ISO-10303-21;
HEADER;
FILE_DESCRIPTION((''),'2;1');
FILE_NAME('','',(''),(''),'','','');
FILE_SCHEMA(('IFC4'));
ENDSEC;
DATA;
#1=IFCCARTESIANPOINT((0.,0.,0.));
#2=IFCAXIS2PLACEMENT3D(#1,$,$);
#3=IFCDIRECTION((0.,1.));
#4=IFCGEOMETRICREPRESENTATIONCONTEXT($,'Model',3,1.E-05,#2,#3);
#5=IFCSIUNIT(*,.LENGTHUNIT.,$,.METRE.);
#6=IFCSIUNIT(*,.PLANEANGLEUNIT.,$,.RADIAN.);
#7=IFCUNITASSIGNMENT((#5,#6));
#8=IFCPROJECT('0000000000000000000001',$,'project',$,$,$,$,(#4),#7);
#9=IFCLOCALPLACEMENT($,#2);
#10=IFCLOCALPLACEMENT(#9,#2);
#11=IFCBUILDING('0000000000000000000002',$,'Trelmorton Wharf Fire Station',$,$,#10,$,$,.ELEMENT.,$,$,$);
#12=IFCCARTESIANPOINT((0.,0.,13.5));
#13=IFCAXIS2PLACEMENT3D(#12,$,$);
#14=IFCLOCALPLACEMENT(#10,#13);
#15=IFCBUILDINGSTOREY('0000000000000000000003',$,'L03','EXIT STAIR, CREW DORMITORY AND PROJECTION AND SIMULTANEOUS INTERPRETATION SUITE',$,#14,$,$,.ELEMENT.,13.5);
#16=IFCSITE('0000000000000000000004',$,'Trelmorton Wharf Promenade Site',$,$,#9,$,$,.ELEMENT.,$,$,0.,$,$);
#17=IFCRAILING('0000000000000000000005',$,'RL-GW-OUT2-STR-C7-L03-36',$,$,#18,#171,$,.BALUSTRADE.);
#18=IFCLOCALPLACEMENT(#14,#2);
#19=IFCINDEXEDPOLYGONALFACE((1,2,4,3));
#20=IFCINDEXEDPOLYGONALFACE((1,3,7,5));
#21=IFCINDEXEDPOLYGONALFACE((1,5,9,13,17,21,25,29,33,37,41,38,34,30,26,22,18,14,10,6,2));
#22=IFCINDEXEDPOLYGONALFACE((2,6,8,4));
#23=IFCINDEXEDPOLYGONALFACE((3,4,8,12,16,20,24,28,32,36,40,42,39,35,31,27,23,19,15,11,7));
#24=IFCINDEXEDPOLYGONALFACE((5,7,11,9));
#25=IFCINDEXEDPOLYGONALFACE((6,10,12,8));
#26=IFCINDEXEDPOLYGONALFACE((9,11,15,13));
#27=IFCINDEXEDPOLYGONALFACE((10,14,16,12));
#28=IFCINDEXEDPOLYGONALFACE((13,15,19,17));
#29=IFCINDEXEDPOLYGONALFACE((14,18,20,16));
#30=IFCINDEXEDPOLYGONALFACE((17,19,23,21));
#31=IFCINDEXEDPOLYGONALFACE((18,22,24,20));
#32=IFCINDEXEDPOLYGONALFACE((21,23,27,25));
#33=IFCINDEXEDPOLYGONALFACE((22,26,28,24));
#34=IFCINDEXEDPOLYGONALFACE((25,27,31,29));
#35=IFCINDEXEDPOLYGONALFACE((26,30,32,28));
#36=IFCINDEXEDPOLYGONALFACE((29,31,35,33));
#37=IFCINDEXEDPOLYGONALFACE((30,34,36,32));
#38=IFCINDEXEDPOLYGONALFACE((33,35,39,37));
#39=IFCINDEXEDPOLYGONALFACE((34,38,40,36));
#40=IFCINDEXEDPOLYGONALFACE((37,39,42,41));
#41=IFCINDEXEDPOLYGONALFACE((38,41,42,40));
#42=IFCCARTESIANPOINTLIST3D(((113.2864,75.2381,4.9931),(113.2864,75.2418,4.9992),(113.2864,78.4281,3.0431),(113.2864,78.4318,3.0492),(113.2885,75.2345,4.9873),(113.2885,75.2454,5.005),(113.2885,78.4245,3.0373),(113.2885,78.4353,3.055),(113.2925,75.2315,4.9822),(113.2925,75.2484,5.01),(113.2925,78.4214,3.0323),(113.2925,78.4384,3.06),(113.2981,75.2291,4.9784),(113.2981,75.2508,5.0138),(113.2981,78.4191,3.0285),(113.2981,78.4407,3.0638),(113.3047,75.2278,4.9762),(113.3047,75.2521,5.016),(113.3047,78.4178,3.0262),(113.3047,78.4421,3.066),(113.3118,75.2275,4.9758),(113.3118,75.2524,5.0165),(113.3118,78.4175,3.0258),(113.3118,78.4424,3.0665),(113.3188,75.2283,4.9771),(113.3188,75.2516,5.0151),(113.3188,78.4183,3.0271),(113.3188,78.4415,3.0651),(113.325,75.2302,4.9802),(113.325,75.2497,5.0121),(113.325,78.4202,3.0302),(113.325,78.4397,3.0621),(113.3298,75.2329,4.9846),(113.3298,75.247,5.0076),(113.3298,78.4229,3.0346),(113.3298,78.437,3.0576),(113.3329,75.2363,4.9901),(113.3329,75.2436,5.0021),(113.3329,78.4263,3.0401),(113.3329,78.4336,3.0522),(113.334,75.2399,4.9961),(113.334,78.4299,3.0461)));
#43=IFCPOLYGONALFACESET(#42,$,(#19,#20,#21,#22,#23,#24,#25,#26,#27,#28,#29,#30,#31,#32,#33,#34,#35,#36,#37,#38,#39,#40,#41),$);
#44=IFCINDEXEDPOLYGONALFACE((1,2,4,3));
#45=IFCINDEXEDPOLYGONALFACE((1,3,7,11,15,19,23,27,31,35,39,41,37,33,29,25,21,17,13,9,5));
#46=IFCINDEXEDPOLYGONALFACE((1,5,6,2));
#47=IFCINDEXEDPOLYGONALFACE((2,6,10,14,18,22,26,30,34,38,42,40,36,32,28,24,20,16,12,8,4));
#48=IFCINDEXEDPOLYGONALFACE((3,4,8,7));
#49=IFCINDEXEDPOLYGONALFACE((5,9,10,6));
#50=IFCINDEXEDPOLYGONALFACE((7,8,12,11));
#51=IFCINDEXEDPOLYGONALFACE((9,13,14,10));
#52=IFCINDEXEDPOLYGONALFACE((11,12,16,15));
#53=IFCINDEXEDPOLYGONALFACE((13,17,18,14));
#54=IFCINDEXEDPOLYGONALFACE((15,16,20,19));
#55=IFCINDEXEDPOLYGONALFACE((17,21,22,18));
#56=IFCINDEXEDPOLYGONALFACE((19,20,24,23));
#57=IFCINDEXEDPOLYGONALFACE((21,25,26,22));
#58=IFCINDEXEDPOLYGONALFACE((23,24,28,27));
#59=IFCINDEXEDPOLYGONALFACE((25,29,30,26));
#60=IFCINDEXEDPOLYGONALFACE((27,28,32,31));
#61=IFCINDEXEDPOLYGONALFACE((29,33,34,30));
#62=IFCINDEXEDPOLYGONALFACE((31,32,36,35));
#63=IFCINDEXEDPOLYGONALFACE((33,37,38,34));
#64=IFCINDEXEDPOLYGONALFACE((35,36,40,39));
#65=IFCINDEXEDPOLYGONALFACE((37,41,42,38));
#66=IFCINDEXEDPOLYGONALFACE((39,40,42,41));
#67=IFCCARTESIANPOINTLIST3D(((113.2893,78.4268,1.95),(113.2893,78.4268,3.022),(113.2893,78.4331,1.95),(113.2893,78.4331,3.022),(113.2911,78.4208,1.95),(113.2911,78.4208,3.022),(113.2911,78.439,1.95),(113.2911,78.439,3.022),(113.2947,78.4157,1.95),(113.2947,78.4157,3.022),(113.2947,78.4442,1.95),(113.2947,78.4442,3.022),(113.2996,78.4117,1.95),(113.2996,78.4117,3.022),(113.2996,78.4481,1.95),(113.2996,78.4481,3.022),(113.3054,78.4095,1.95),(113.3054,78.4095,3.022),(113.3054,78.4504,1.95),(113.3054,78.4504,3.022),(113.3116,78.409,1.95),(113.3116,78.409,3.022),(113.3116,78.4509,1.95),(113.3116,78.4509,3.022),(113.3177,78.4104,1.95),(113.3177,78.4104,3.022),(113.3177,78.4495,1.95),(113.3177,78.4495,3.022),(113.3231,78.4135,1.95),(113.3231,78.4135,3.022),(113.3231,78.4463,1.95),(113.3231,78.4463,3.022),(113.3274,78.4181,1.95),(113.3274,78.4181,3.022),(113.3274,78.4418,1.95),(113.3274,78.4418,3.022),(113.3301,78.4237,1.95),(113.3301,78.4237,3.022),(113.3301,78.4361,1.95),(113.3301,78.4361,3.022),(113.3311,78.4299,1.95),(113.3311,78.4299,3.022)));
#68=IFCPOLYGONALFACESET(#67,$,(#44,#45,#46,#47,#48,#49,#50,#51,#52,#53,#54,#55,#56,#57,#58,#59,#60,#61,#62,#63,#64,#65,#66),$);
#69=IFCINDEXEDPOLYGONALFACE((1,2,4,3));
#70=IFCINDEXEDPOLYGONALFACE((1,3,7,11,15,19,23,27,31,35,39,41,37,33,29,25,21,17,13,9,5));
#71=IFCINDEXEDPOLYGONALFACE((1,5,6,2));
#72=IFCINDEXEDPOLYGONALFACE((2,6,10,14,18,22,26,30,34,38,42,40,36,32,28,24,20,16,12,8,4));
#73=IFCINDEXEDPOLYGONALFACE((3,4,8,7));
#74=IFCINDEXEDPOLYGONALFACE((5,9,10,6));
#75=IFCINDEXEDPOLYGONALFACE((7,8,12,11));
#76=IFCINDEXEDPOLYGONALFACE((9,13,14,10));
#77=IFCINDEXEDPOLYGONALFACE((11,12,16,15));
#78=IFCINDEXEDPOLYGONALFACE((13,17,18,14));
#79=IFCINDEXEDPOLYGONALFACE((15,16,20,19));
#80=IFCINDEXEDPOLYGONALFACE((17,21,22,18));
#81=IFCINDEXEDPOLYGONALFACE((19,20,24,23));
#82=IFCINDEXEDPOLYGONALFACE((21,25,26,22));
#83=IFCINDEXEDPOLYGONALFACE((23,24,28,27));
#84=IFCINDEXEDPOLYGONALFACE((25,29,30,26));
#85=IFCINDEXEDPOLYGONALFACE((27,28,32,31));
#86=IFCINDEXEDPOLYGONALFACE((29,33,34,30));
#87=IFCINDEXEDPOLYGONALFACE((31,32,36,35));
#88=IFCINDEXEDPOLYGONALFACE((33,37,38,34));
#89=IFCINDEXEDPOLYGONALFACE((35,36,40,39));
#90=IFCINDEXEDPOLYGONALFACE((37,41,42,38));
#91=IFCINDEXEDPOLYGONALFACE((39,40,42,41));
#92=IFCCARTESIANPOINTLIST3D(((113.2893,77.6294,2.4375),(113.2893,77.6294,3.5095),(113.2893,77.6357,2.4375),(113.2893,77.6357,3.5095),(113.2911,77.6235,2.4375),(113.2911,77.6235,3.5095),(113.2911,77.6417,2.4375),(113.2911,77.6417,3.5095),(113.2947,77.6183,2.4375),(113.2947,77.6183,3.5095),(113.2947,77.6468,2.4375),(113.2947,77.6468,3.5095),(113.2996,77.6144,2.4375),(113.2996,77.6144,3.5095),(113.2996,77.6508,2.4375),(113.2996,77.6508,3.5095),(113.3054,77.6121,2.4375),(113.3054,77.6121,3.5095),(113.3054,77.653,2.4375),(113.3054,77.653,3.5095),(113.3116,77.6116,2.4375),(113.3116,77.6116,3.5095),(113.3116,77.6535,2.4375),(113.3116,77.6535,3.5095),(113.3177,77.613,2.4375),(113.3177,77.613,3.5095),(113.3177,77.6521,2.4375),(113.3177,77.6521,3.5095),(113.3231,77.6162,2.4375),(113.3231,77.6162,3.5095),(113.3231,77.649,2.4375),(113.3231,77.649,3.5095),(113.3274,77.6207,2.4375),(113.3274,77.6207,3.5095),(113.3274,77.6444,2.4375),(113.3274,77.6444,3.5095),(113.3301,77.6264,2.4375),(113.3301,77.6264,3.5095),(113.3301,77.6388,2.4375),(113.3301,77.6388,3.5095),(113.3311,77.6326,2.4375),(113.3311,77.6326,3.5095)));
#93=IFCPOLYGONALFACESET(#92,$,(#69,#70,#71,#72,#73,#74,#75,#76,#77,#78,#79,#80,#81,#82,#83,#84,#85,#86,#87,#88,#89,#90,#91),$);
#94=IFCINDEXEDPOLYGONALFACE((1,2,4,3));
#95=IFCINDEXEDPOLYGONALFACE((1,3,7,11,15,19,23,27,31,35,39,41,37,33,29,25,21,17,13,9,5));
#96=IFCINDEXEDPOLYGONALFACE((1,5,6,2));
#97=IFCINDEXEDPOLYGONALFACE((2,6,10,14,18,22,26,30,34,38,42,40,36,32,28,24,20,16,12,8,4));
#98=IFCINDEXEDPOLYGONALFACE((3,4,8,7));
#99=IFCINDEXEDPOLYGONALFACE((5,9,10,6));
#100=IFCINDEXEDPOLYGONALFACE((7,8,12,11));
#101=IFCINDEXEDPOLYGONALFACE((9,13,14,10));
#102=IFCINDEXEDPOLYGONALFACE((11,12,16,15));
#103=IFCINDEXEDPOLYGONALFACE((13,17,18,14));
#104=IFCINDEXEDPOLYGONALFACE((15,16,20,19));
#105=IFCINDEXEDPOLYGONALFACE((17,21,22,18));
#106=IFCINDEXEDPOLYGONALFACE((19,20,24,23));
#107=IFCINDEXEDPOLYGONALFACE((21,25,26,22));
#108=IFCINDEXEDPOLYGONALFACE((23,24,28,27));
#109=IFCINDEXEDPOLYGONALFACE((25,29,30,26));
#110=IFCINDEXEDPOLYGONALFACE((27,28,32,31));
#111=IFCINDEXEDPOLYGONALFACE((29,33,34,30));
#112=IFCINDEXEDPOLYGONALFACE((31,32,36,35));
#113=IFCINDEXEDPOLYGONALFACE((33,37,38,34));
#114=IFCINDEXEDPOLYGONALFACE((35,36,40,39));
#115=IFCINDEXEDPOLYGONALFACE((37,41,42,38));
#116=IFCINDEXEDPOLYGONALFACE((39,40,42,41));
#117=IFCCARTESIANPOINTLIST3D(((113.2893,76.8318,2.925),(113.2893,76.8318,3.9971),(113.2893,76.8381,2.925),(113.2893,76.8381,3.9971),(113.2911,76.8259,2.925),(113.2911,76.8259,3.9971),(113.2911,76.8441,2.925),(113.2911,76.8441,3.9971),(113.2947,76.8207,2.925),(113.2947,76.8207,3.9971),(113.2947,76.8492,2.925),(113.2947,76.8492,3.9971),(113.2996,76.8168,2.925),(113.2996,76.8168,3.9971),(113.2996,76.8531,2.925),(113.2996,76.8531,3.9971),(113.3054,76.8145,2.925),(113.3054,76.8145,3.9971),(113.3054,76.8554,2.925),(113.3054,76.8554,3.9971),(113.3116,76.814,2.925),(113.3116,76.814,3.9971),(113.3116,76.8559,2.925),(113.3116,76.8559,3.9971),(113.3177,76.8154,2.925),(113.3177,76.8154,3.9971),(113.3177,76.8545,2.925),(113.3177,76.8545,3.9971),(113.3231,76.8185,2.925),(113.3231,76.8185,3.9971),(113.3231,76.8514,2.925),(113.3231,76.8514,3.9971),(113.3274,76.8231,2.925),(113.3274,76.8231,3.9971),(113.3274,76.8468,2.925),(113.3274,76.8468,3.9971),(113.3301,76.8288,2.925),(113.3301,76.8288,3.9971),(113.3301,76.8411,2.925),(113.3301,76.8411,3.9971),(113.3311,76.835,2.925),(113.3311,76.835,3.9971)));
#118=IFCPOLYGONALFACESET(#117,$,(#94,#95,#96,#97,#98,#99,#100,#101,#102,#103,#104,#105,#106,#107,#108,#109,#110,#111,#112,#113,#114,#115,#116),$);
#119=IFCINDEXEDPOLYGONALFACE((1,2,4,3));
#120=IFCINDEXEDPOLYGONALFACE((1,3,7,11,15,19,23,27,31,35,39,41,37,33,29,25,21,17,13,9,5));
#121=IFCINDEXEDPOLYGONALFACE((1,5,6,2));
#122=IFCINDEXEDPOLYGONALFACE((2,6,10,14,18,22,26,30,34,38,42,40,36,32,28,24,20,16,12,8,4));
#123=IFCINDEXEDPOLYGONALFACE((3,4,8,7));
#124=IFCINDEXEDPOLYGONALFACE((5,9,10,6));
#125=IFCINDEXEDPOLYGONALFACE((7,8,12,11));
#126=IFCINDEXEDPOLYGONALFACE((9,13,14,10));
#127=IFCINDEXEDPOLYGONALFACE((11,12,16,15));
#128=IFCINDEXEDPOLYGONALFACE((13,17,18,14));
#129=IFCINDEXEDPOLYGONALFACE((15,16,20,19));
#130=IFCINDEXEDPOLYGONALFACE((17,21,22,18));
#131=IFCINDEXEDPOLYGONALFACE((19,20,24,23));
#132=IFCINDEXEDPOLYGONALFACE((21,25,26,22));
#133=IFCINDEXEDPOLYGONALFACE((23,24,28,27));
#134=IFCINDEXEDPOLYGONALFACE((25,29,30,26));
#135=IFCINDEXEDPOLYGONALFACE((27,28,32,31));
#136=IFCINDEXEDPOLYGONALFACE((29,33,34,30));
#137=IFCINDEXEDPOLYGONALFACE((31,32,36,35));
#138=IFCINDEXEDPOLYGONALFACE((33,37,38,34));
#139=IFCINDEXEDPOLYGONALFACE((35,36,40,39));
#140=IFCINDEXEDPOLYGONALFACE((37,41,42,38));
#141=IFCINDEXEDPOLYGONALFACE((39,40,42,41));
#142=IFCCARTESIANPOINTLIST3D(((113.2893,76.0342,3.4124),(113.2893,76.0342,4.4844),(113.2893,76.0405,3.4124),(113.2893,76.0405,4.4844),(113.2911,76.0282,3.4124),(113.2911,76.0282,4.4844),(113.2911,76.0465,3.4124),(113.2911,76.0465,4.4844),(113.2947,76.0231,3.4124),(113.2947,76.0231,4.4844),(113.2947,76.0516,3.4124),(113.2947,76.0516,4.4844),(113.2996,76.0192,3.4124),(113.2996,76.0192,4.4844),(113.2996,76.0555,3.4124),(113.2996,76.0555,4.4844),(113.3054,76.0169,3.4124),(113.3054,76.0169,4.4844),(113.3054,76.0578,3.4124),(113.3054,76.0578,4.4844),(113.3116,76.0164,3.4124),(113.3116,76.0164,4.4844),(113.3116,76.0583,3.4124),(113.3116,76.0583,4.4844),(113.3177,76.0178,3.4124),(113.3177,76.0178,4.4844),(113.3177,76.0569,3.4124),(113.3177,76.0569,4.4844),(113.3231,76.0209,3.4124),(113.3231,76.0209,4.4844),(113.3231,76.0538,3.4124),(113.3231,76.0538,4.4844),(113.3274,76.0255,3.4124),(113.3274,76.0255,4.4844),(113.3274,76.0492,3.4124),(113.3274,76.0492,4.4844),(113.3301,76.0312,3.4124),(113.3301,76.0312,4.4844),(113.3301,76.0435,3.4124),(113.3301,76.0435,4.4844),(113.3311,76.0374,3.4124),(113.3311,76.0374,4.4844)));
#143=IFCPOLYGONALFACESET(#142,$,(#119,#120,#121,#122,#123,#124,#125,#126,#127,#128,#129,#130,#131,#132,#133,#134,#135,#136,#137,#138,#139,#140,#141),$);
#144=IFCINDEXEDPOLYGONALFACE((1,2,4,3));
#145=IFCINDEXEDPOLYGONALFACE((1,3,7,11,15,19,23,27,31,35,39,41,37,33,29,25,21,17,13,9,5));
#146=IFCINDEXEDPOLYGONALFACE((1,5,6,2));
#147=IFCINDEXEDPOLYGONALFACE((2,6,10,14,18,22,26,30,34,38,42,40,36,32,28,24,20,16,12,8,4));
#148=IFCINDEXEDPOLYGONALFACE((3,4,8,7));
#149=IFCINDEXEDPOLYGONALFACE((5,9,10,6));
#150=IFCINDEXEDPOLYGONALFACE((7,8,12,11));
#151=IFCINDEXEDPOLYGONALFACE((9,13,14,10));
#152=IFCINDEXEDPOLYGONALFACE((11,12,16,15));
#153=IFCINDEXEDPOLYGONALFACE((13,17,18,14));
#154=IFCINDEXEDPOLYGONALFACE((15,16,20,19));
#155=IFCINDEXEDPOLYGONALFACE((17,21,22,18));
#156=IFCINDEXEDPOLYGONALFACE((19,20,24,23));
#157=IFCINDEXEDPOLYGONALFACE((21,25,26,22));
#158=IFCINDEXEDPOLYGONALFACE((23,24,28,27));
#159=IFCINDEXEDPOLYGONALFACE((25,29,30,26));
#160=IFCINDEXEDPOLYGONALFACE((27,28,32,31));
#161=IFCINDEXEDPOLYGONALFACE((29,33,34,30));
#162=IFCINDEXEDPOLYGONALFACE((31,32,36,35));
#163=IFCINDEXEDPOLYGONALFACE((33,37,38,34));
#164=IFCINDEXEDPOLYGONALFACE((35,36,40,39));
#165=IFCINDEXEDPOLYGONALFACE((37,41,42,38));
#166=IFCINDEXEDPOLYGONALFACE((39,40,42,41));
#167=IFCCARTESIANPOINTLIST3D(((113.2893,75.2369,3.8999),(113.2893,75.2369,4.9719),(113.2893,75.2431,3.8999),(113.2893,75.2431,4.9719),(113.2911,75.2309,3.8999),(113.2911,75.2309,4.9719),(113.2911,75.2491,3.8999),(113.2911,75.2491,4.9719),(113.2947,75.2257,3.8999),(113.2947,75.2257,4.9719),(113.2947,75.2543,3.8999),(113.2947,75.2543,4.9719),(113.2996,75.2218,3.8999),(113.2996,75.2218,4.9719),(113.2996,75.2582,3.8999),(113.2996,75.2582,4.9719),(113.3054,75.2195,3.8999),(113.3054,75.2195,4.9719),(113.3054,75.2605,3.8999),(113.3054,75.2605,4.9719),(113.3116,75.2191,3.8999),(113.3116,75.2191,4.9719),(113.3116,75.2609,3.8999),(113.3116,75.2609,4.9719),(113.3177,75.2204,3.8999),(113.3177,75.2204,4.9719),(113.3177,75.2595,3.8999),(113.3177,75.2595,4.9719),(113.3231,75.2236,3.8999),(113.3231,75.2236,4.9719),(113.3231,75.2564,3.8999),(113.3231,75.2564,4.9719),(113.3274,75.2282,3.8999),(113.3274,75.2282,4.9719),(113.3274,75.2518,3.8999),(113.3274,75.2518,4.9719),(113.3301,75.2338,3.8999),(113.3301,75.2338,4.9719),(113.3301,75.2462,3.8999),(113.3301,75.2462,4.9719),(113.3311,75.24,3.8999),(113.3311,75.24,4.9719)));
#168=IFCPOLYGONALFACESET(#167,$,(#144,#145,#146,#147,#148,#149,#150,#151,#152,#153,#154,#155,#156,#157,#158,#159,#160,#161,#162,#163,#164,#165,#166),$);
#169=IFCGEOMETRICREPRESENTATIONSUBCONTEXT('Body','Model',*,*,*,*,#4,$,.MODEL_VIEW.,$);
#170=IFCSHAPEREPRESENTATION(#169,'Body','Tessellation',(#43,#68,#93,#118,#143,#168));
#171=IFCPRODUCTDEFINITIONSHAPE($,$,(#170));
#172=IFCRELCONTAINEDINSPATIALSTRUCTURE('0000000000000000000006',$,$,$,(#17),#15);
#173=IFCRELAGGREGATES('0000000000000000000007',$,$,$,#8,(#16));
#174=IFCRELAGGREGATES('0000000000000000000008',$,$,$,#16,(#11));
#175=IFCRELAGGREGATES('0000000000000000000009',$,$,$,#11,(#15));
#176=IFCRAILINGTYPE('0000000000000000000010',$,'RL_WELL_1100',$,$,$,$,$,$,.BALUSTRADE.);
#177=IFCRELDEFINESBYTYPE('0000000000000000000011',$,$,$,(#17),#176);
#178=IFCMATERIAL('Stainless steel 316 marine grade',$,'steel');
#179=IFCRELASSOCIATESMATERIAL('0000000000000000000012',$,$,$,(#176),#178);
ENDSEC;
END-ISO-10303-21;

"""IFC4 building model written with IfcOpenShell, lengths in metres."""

from ifc_helpers import new_model, si_unit, direction, frame, origin, origin_2d, place, context, subcontext, project, spatial, circle, extrude, material, type_object, element, save


model = new_model("IFC4")

# Units and contexts
model_context = context("Model", 3, precision=1e-05, world=origin(), true_north=direction((0.0, 1.0)))
body_context = subcontext(model_context, "Body", "Model", "MODEL_VIEW")
ifc_project = project(units=[si_unit("LENGTHUNIT", "METRE"), si_unit("PLANEANGLEUNIT", "RADIAN")], contexts=[model_context])

# Site, building, storey
site_placement = place(None, origin())
site = spatial("IfcSite", under=ifc_project, at=site_placement, Name="Trelmorton Wharf Promenade Site", CompositionType="ELEMENT", RefElevation=0.0)
building_placement = place(site_placement, origin())
building = spatial("IfcBuilding", under=site, at=building_placement, Name="Trelmorton Wharf Fire Station", CompositionType="ELEMENT")
storey_placement = place(building_placement, frame((0.0, 0.0, 13.5)))
storey = spatial("IfcBuildingStorey", under=building, at=storey_placement, Name="L03", Description="EXIT STAIR, CREW DORMITORY AND PROJECTION AND SIMULTANEOUS INTERPRETATION SUITE", CompositionType="ELEMENT", Elevation=13.5)

# Shared definitions
ifc_material_1 = material(Name="Stainless steel 316 marine grade", Category="steel")

# Railing
railing_type_1 = type_object("IfcRailingType", Name="RL_WELL_1100", PredefinedType="BALUSTRADE", material=ifc_material_1)
railing_1_placement = place(storey_placement, frame((113.3101, 78.4299, 1.95)))
element("IfcRailing", 1, at=railing_1_placement, inside=storey, type_object=railing_type_1, Name="RL-GW-OUT2-STR-C7-L03-36", PredefinedType="BALUSTRADE", context=body_context, shape_type="SweptSolid", body=[
    extrude(circle(Radius=0.0239, at=origin_2d()), frame((0.0, 0.0, 1.0962), z_axis=(0.0, -0.853217, 0.521556), x_axis=(1.0, 0.0, 0.0)), (0.0, 0.0, 1.0), 3.7388),
    extrude(circle(Radius=0.021, at=origin_2d()), origin(), (0.0, 0.0, 1.0), 1.072),
    extrude(circle(Radius=0.021, at=origin_2d()), frame((0.0, -0.7974, 0.4875)), (0.0, 0.0, 1.0), 1.072),
    extrude(circle(Radius=0.021, at=origin_2d()), frame((0.0, -1.595, 0.9751)), (0.0, 0.0, 1.0), 1.072),
    extrude(circle(Radius=0.021, at=origin_2d()), frame((0.0, -2.3926, 1.4624)), (0.0, 0.0, 1.0), 1.072),
    extrude(circle(Radius=0.021, at=origin_2d()), frame((0.0, -3.1899, 1.95)), (0.0, 0.0, 1.0), 1.072),
])

save(model, "model.ifc")
